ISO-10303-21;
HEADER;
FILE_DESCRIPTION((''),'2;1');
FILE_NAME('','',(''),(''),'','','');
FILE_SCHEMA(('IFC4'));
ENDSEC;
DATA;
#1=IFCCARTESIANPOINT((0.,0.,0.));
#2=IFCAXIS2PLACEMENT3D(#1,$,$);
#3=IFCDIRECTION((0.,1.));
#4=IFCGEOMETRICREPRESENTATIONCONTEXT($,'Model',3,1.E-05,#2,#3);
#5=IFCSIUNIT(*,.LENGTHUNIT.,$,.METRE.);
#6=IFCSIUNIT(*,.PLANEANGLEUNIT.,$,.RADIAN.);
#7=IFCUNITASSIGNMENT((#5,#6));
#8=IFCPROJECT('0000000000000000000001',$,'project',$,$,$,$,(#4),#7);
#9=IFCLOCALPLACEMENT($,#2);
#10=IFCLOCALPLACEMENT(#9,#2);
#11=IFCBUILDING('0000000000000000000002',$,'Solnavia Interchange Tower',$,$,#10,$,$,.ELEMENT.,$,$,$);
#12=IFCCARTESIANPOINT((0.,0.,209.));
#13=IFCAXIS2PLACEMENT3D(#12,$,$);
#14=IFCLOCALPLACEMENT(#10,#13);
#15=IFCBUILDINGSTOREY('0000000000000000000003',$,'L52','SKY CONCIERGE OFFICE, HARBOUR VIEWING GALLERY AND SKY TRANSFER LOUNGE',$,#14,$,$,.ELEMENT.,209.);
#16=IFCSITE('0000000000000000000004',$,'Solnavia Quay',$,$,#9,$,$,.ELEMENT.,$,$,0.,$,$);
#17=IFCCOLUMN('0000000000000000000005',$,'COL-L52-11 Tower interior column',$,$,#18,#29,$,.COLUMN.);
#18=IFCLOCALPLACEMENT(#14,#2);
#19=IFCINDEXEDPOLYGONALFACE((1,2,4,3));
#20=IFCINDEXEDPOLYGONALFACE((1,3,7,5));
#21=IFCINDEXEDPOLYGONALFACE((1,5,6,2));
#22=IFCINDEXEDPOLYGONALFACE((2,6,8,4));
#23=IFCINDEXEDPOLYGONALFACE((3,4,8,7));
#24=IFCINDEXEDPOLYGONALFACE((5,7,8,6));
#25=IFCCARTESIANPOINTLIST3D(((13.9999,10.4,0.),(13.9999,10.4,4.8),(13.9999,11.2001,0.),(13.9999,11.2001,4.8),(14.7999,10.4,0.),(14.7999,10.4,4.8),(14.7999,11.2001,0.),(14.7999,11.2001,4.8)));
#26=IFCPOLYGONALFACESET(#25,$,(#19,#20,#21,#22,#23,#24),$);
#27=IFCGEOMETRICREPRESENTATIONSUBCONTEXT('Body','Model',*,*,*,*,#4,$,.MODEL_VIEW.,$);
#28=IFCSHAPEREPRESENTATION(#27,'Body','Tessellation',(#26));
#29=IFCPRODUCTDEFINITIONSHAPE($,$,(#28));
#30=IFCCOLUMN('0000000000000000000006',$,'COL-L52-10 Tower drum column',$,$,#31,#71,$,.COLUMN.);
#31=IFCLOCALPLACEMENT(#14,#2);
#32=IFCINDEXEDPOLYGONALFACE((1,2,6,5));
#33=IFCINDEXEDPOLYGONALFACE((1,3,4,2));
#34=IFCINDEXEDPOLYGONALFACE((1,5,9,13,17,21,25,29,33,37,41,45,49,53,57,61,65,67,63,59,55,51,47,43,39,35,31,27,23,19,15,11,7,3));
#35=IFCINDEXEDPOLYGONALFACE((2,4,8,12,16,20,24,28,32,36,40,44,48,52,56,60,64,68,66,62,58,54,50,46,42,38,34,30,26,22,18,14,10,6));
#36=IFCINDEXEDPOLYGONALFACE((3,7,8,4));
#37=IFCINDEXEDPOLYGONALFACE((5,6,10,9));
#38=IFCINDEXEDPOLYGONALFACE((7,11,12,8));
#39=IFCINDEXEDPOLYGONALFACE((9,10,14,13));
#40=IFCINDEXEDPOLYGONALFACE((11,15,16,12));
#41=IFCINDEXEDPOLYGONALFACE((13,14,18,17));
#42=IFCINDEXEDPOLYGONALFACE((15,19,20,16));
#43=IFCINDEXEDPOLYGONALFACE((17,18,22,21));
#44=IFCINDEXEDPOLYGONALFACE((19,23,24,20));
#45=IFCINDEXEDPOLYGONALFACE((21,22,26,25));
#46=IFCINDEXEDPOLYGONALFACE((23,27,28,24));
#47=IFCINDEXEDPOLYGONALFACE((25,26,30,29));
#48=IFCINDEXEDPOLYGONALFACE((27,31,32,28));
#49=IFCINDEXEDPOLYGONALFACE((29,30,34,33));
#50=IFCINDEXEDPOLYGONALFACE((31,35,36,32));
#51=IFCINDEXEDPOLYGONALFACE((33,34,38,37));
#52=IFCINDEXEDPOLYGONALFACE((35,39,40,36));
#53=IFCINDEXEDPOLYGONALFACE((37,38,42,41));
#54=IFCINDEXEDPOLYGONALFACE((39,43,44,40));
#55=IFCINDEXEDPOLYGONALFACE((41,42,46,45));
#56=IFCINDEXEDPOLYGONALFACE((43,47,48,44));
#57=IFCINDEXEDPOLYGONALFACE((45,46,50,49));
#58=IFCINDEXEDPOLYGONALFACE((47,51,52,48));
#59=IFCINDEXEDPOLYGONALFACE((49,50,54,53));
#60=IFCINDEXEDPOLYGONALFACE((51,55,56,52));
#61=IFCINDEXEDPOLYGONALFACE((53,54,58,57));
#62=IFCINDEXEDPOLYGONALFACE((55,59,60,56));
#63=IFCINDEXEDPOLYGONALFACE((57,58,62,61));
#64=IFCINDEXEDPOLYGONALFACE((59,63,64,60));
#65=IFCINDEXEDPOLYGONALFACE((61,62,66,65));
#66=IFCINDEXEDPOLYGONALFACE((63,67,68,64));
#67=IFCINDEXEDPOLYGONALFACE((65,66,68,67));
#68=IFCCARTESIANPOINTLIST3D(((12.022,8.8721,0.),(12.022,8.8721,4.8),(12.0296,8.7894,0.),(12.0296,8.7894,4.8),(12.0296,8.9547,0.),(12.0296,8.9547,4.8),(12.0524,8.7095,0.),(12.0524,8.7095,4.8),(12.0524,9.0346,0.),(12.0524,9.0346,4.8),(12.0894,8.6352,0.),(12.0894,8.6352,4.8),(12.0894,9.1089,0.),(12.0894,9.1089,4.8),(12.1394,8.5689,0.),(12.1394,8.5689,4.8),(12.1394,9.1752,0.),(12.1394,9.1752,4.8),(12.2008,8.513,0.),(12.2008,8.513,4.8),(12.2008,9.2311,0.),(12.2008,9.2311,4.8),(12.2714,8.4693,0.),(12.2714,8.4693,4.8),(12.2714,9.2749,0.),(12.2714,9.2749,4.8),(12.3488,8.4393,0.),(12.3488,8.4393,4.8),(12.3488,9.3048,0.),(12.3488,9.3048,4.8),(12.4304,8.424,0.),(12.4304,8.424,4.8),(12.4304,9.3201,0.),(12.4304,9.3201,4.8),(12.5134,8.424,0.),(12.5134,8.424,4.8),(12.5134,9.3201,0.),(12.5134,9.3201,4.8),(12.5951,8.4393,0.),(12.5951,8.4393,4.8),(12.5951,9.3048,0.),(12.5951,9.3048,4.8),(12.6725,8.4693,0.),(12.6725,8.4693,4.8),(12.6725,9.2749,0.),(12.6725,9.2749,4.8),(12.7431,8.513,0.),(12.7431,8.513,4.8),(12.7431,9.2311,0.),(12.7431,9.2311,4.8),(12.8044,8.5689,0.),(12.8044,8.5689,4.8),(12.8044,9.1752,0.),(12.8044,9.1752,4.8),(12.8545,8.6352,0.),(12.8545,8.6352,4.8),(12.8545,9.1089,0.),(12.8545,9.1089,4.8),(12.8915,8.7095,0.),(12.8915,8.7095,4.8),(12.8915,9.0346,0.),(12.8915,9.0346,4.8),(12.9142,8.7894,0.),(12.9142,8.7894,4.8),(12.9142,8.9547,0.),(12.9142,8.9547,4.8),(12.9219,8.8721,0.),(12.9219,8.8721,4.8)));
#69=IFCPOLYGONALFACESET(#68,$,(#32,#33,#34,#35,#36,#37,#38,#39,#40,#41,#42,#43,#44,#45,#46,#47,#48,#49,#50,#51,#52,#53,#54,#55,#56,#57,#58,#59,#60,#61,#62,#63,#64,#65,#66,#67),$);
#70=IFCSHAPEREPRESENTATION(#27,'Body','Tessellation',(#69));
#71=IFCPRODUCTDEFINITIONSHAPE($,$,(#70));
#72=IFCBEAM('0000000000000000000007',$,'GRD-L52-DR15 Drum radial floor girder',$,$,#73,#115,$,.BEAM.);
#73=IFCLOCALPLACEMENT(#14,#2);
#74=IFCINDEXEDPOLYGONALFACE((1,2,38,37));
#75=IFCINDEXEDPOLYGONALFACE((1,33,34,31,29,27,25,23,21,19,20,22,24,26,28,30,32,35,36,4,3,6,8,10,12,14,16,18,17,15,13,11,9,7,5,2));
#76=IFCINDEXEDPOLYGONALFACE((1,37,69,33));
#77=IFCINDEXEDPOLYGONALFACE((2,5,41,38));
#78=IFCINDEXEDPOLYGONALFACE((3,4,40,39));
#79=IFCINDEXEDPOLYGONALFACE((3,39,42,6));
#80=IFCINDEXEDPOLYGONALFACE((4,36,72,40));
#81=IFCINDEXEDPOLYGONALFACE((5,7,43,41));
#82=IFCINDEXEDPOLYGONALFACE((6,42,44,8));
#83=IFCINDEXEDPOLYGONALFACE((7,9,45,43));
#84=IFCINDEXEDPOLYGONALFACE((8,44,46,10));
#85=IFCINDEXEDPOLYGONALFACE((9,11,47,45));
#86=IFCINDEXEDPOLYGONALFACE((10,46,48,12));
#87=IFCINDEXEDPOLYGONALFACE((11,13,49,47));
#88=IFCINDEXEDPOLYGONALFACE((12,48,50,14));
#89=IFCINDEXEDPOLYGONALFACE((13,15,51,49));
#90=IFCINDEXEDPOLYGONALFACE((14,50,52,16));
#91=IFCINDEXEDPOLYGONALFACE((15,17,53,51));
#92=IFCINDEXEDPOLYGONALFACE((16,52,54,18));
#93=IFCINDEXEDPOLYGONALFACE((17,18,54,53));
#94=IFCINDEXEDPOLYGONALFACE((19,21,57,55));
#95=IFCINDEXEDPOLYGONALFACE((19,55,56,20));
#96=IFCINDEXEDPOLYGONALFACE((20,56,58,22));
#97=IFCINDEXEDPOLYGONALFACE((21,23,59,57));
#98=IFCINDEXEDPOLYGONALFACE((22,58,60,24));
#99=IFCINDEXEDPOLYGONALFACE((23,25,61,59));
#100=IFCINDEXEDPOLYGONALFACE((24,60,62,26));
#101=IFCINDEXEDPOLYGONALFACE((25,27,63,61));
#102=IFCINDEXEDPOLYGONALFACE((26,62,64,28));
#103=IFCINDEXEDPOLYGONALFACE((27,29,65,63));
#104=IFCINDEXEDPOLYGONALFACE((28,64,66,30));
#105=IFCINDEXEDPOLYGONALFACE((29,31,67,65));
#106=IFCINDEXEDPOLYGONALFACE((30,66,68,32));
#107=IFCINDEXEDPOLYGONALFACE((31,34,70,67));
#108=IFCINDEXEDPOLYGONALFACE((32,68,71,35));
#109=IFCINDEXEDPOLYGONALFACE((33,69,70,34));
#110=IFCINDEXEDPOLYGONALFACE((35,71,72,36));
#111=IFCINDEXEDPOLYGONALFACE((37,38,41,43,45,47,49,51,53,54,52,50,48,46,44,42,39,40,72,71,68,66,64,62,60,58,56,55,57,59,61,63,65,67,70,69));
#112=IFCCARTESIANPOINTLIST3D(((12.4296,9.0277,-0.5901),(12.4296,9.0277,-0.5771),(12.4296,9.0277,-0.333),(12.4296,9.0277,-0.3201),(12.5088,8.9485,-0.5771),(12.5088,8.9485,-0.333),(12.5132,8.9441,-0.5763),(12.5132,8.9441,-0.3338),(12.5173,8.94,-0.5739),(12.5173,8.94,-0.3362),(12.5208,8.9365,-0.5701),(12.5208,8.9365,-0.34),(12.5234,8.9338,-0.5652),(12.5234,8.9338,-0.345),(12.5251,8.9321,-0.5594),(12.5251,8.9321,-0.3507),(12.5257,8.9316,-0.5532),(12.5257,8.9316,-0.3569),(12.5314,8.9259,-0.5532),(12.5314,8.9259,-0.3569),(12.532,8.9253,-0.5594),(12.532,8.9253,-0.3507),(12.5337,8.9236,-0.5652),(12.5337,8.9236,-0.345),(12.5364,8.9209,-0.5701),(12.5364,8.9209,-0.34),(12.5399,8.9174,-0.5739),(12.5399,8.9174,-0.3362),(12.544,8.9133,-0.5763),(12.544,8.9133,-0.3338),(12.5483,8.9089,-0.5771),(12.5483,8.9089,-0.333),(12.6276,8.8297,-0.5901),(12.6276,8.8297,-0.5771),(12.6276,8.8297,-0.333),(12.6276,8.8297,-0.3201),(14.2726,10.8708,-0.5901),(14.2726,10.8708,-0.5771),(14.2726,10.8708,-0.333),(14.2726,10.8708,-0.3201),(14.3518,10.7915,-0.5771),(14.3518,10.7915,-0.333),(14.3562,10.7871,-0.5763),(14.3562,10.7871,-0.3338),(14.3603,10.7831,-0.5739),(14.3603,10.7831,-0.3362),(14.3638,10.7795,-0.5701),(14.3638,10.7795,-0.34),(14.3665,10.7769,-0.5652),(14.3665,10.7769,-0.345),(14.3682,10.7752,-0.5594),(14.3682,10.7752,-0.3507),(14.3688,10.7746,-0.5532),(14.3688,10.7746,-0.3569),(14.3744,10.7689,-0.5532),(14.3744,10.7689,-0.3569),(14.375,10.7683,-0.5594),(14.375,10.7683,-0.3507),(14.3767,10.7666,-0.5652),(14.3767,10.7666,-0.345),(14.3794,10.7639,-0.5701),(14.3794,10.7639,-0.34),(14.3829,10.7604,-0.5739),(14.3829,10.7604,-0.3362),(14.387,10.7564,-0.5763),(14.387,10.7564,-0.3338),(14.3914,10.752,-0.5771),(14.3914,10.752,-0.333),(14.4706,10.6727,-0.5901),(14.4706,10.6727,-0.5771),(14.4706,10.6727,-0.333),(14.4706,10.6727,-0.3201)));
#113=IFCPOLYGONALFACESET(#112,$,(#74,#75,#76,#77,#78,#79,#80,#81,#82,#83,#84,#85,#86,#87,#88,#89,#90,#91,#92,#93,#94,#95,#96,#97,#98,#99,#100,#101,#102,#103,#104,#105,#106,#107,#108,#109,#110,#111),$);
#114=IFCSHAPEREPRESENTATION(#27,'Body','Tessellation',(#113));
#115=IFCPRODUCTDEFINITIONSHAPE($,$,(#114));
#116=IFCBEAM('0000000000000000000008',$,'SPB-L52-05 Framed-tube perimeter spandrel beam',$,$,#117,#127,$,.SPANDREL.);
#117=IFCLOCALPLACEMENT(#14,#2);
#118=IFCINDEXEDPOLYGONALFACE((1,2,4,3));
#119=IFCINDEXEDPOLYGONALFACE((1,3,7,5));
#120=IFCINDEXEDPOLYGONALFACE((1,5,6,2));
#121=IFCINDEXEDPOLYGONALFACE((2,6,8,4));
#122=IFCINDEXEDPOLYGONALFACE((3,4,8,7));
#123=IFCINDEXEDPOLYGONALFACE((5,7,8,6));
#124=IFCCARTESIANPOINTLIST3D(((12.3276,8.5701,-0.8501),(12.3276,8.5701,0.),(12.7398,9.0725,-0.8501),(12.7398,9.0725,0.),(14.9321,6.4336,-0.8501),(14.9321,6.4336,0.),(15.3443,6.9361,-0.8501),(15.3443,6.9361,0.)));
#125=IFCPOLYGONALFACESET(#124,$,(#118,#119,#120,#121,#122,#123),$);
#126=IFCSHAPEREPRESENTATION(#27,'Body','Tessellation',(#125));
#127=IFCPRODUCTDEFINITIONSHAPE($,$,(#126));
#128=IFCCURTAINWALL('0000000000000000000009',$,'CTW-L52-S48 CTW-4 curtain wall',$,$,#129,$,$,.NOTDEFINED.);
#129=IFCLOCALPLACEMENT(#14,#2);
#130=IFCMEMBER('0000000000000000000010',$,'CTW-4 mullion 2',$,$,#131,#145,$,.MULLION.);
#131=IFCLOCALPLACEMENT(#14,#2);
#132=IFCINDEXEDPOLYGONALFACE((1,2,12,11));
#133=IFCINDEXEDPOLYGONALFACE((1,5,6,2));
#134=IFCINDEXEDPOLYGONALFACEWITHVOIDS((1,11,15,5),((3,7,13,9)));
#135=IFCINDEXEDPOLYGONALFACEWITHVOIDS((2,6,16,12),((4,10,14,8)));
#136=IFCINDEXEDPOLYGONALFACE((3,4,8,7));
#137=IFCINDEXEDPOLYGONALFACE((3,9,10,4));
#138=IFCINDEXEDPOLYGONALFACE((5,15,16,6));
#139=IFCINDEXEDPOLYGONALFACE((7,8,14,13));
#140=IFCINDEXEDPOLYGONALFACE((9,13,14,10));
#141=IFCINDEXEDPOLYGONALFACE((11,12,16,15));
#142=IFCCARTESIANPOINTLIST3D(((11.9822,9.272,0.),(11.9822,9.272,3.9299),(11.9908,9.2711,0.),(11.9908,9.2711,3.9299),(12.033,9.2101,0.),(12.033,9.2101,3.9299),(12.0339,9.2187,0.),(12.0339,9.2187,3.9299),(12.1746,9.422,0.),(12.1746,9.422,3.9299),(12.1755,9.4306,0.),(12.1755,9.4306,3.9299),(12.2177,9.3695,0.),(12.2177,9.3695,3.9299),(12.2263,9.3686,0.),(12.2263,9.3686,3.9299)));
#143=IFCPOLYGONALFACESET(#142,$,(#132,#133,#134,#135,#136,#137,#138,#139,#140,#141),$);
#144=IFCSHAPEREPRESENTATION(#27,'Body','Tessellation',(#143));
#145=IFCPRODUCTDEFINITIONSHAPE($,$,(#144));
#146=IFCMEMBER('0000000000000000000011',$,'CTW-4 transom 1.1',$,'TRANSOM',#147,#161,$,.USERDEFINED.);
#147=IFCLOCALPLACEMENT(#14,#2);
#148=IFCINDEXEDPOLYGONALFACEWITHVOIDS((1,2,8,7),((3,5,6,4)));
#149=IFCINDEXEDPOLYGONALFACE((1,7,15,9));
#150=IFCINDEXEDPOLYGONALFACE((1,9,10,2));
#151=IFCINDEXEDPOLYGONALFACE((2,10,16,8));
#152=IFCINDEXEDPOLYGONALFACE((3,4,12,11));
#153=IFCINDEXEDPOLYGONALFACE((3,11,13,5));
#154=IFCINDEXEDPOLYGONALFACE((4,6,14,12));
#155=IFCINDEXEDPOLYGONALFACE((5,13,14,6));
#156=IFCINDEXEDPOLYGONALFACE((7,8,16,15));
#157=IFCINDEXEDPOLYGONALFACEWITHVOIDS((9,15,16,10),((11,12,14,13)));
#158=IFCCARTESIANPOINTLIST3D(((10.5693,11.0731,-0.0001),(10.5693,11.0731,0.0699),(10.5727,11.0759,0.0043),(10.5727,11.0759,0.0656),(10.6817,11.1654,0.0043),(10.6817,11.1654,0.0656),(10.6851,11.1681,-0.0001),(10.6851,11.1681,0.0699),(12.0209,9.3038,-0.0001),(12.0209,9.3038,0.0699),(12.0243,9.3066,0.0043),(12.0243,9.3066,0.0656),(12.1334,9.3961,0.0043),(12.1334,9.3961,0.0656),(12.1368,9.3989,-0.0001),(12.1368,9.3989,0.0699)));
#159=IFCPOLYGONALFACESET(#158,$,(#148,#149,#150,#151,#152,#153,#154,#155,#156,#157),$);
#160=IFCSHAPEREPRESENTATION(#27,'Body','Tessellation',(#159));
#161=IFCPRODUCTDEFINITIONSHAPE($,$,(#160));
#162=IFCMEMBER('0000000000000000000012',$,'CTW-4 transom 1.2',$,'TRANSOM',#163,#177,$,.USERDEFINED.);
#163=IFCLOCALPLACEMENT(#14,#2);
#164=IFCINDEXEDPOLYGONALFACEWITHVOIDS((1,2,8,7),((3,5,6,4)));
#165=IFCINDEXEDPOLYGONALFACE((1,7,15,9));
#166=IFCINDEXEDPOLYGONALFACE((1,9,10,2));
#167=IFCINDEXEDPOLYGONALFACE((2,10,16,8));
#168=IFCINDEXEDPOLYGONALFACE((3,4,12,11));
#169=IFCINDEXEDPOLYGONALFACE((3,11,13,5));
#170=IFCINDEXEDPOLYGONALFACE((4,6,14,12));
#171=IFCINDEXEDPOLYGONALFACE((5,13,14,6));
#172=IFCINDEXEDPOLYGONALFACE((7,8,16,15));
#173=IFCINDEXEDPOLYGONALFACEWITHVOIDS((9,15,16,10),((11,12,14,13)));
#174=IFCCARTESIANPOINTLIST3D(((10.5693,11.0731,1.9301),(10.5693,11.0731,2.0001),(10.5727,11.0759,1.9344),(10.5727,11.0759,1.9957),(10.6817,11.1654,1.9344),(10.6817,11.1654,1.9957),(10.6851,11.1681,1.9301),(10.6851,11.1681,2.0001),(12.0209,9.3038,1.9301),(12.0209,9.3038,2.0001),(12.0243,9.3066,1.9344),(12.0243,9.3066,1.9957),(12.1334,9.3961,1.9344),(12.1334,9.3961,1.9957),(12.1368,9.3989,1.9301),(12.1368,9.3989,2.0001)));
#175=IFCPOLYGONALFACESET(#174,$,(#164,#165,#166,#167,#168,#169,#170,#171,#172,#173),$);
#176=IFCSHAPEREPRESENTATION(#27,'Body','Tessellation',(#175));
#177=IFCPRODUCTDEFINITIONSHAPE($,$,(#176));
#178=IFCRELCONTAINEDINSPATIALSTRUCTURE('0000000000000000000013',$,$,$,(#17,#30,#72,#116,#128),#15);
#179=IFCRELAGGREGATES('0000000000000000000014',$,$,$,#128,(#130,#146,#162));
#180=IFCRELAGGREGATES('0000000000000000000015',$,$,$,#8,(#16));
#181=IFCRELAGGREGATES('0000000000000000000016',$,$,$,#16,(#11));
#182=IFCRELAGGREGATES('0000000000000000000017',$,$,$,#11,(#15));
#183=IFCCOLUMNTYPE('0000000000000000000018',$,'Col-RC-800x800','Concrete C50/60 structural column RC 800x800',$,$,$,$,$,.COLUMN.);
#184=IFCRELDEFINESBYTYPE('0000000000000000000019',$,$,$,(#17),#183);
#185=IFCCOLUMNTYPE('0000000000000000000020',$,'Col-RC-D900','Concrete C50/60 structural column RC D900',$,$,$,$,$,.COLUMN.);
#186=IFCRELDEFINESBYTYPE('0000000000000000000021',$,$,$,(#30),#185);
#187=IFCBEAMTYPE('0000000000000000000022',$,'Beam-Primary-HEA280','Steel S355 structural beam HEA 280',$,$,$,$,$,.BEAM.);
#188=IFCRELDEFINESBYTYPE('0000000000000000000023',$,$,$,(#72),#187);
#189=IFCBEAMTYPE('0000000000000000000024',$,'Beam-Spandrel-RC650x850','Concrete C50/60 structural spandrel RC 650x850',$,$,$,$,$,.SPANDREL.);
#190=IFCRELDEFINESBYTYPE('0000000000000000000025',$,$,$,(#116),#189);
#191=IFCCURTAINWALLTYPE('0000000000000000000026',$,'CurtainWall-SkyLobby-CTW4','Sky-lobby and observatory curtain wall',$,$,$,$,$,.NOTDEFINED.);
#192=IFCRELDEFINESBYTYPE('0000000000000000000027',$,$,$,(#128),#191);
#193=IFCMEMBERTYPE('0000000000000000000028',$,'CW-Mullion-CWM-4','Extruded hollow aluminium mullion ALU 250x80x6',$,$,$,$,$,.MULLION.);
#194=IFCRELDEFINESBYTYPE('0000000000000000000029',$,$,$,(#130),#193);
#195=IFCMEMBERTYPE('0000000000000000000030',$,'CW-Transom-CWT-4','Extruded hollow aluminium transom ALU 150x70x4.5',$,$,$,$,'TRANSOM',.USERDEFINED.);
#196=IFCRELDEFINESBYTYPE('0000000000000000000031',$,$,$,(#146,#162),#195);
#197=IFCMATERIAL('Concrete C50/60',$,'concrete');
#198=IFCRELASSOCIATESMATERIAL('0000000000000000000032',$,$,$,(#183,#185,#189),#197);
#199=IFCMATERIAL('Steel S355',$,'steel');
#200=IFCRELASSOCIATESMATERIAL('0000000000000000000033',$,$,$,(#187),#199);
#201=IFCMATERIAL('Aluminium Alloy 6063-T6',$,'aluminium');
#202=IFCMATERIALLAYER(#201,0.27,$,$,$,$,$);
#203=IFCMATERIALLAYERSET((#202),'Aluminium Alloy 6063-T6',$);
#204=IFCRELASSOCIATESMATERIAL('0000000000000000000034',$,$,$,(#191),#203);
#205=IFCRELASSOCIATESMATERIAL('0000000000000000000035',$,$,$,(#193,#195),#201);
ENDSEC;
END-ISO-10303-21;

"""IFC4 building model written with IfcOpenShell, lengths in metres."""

from ifc_helpers import new_model, si_unit, direction, frame, origin, origin_2d, place, context, subcontext, project, spatial, rectangle, hollow_rectangle, circle, i_section, extrude, material, layer, layer_set, material_profile, profile_set, type_object, element, aggregate, save


model = new_model("IFC4")

# Units and contexts
model_context = context("Model", 3, precision=1e-05, world=origin(), true_north=direction((0.0, 1.0)))
body_context = subcontext(model_context, "Body", "Model", "MODEL_VIEW")
ifc_project = project(units=[si_unit("LENGTHUNIT", "METRE"), si_unit("PLANEANGLEUNIT", "RADIAN")], contexts=[model_context])

# Site, building, storey
site_placement = place(None, origin())
site = spatial("IfcSite", under=ifc_project, at=site_placement, Name="Solnavia Quay", CompositionType="ELEMENT", RefElevation=0.0)
building_placement = place(site_placement, origin())
building = spatial("IfcBuilding", under=site, at=building_placement, Name="Solnavia Interchange Tower", CompositionType="ELEMENT")
storey_placement = place(building_placement, frame((0.0, 0.0, 209.0)))
storey = spatial("IfcBuildingStorey", under=building, at=storey_placement, Name="L52", Description="SKY CONCIERGE OFFICE, HARBOUR VIEWING GALLERY AND SKY TRANSFER LOUNGE", CompositionType="ELEMENT", Elevation=209.0)

# Columns
ifc_material_1 = material(Name="Concrete C50/60", Category="concrete")
ifc_material_profile_1 = material_profile(ifc_material_1, rectangle(XDim=0.8, YDim=0.8, at=origin_2d()), Name="RC 800x800")
ifc_profile_set_1 = profile_set([ifc_material_profile_1], Name="Concrete C50/60")
column_type_1 = type_object("IfcColumnType", Name="Col-RC-800x800", Description="Concrete C50/60 structural column RC 800x800", PredefinedType="COLUMN", material=ifc_profile_set_1)
column_1_placement = place(storey_placement, frame((14.3999, 10.8, 0.0), z_axis=(0.0, 0.0, 1.0), x_axis=(1.0, 0.0, 0.0)))
element("IfcColumn", 1, at=column_1_placement, inside=storey, type_object=column_type_1, Name="COL-L52-11 Tower interior column", PredefinedType="COLUMN", context=body_context, shape_type="SweptSolid", body=[
    extrude(rectangle(XDim=0.8, YDim=0.8, at=origin_2d()), origin(), (0.0, 0.0, 1.0), 4.8),
])
ifc_material_profile_2 = material_profile(ifc_material_1, circle(Radius=0.45, at=origin_2d()), Name="RC D900")
ifc_profile_set_2 = profile_set([ifc_material_profile_2], Name="Concrete C50/60")
column_type_2 = type_object("IfcColumnType", Name="Col-RC-D900", Description="Concrete C50/60 structural column RC D900", PredefinedType="COLUMN", material=ifc_profile_set_2)
column_2_placement = place(storey_placement, frame((12.4719, 8.8721, 0.0), z_axis=(0.0, 0.0, 1.0), x_axis=(1.0, 0.0, 0.0)))
element("IfcColumn", 2, at=column_2_placement, inside=storey, type_object=column_type_2, Name="COL-L52-10 Tower drum column", PredefinedType="COLUMN", context=body_context, shape_type="SweptSolid", body=[
    extrude(circle(Radius=0.45, at=origin_2d()), origin(), (0.0, 0.0, 1.0), 4.8),
])

# Beams
ifc_material_2 = material(Name="Steel S355", Category="steel")
ifc_material_profile_3 = material_profile(ifc_material_2, i_section(OverallWidth=0.28, OverallDepth=0.27, WebThickness=0.0081, FlangeThickness=0.0129, FilletRadius=0.0239, at=origin_2d()), Name="HEA 280")
ifc_profile_set_3 = profile_set([ifc_material_profile_3], Name="Steel S355")
beam_type_1 = type_object("IfcBeamType", Name="Beam-Primary-HEA280", Description="Steel S355 structural beam HEA 280", PredefinedType="BEAM", material=ifc_profile_set_3)
beam_1_placement = place(storey_placement, frame((12.5286, 8.9287, -0.4551), z_axis=(0.707107, 0.707107, 0.0), x_axis=(-0.707107, 0.707107, 0.0)))
element("IfcBeam", 3, at=beam_1_placement, inside=storey, type_object=beam_type_1, Name="GRD-L52-DR15 Drum radial floor girder", PredefinedType="BEAM", context=body_context, shape_type="SweptSolid", body=[
    extrude(i_section(OverallWidth=0.28, OverallDepth=0.27, WebThickness=0.0081, FlangeThickness=0.0129, FilletRadius=0.0239, at=origin_2d()), origin(), (0.0, 0.0, 1.0), 2.6064),
])
ifc_material_profile_4 = material_profile(ifc_material_1, rectangle(XDim=0.6499, YDim=0.8501, at=origin_2d()), Name="RC 650x850")
ifc_profile_set_4 = profile_set([ifc_material_profile_4], Name="Concrete C50/60")
beam_type_2 = type_object("IfcBeamType", Name="Beam-Spandrel-RC650x850", Description="Concrete C50/60 structural spandrel RC 650x850", PredefinedType="SPANDREL", material=ifc_profile_set_4)
beam_2_placement = place(storey_placement, frame((12.5337, 8.8213, -0.425), z_axis=(0.773153, -0.63422, 0.0), x_axis=(0.63422, 0.773153, 0.0)))
element("IfcBeam", 4, at=beam_2_placement, inside=storey, type_object=beam_type_2, Name="SPB-L52-05 Framed-tube perimeter spandrel beam", PredefinedType="SPANDREL", context=body_context, shape_type="SweptSolid", body=[
    extrude(rectangle(XDim=0.6499, YDim=0.8501, at=origin_2d()), origin(), (0.0, 0.0, 1.0), 3.3687),
])

# Curtain wall, members
ifc_material_3 = material(Name="Aluminium Alloy 6063-T6", Category="aluminium")
ifc_layer_1 = layer(ifc_material_3, 0.27)
ifc_layer_set_1 = layer_set([ifc_layer_1], Name="Aluminium Alloy 6063-T6")
curtain_wall_type = type_object("IfcCurtainWallType", Name="CurtainWall-SkyLobby-CTW4", Description="Sky-lobby and observatory curtain wall", PredefinedType="NOTDEFINED", material=ifc_layer_set_1)
curtain_wall_placement = place(storey_placement, origin())
curtain_wall = element("IfcCurtainWall", 5, at=curtain_wall_placement, inside=storey, type_object=curtain_wall_type, Name="CTW-L52-S48 CTW-4 curtain wall", PredefinedType="NOTDEFINED")
ifc_material_profile_5 = material_profile(ifc_material_3, hollow_rectangle(XDim=0.0801, YDim=0.25, WallThickness=0.0061, at=origin_2d()), Name="ALU 250x80x6")
ifc_profile_set_5 = profile_set([ifc_material_profile_5], Name="Aluminium Alloy 6063-T6")
member_type_1 = type_object("IfcMemberType", Name="CW-Mullion-CWM-4", Description="Extruded hollow aluminium mullion ALU 250x80x6", PredefinedType="MULLION", material=ifc_profile_set_5)
member_1_placement = place(storey_placement, frame((12.1042, 9.3203, 0.0), z_axis=(0.0, 0.0, 1.0), x_axis=(0.63426, -0.77312, 0.0)))
member_1 = element("IfcMember", 6, at=member_1_placement, type_object=member_type_1, Name="CTW-4 mullion 2", PredefinedType="MULLION", context=body_context, shape_type="SweptSolid", body=[
    extrude(hollow_rectangle(XDim=0.0801, YDim=0.25, WallThickness=0.0061, at=origin_2d()), origin(), (0.0, 0.0, 1.0), 3.9299),
])
ifc_material_profile_6 = material_profile(ifc_material_3, hollow_rectangle(XDim=0.0701, YDim=0.1499, WallThickness=0.0044, at=origin_2d()), Name="ALU 150x70x4.5")
ifc_profile_set_6 = profile_set([ifc_material_profile_6], Name="Aluminium Alloy 6063-T6")
member_type_2 = type_object("IfcMemberType", Name="CW-Transom-CWT-4", Description="Extruded hollow aluminium transom ALU 150x70x4.5", ElementType="TRANSOM", PredefinedType="USERDEFINED", material=ifc_profile_set_6)
member_2_placement = place(storey_placement, frame((10.6272, 11.1206, 0.0349), z_axis=(0.6343, -0.773087, 0.0), x_axis=(0.0, 0.0, 1.0)))
member_2 = element("IfcMember", 7, at=member_2_placement, type_object=member_type_2, Name="CTW-4 transom 1.1", ObjectType="TRANSOM", PredefinedType="USERDEFINED", context=body_context, shape_type="SweptSolid", body=[
    extrude(hollow_rectangle(XDim=0.0701, YDim=0.1499, WallThickness=0.0044, at=origin_2d()), origin(), (0.0, 0.0, 1.0), 2.2886),
])
member_3_placement = place(storey_placement, frame((10.6272, 11.1206, 1.9651), z_axis=(0.6343, -0.773087, 0.0), x_axis=(0.0, 0.0, 1.0)))
member_3 = element("IfcMember", 8, at=member_3_placement, type_object=member_type_2, Name="CTW-4 transom 1.2", ObjectType="TRANSOM", PredefinedType="USERDEFINED", context=body_context, shape_type="SweptSolid", body=[
    extrude(hollow_rectangle(XDim=0.0701, YDim=0.1499, WallThickness=0.0044, at=origin_2d()), origin(), (0.0, 0.0, 1.0), 2.2886),
])
aggregate(curtain_wall, [member_1, member_2, member_3])

save(model, "model.ifc")
